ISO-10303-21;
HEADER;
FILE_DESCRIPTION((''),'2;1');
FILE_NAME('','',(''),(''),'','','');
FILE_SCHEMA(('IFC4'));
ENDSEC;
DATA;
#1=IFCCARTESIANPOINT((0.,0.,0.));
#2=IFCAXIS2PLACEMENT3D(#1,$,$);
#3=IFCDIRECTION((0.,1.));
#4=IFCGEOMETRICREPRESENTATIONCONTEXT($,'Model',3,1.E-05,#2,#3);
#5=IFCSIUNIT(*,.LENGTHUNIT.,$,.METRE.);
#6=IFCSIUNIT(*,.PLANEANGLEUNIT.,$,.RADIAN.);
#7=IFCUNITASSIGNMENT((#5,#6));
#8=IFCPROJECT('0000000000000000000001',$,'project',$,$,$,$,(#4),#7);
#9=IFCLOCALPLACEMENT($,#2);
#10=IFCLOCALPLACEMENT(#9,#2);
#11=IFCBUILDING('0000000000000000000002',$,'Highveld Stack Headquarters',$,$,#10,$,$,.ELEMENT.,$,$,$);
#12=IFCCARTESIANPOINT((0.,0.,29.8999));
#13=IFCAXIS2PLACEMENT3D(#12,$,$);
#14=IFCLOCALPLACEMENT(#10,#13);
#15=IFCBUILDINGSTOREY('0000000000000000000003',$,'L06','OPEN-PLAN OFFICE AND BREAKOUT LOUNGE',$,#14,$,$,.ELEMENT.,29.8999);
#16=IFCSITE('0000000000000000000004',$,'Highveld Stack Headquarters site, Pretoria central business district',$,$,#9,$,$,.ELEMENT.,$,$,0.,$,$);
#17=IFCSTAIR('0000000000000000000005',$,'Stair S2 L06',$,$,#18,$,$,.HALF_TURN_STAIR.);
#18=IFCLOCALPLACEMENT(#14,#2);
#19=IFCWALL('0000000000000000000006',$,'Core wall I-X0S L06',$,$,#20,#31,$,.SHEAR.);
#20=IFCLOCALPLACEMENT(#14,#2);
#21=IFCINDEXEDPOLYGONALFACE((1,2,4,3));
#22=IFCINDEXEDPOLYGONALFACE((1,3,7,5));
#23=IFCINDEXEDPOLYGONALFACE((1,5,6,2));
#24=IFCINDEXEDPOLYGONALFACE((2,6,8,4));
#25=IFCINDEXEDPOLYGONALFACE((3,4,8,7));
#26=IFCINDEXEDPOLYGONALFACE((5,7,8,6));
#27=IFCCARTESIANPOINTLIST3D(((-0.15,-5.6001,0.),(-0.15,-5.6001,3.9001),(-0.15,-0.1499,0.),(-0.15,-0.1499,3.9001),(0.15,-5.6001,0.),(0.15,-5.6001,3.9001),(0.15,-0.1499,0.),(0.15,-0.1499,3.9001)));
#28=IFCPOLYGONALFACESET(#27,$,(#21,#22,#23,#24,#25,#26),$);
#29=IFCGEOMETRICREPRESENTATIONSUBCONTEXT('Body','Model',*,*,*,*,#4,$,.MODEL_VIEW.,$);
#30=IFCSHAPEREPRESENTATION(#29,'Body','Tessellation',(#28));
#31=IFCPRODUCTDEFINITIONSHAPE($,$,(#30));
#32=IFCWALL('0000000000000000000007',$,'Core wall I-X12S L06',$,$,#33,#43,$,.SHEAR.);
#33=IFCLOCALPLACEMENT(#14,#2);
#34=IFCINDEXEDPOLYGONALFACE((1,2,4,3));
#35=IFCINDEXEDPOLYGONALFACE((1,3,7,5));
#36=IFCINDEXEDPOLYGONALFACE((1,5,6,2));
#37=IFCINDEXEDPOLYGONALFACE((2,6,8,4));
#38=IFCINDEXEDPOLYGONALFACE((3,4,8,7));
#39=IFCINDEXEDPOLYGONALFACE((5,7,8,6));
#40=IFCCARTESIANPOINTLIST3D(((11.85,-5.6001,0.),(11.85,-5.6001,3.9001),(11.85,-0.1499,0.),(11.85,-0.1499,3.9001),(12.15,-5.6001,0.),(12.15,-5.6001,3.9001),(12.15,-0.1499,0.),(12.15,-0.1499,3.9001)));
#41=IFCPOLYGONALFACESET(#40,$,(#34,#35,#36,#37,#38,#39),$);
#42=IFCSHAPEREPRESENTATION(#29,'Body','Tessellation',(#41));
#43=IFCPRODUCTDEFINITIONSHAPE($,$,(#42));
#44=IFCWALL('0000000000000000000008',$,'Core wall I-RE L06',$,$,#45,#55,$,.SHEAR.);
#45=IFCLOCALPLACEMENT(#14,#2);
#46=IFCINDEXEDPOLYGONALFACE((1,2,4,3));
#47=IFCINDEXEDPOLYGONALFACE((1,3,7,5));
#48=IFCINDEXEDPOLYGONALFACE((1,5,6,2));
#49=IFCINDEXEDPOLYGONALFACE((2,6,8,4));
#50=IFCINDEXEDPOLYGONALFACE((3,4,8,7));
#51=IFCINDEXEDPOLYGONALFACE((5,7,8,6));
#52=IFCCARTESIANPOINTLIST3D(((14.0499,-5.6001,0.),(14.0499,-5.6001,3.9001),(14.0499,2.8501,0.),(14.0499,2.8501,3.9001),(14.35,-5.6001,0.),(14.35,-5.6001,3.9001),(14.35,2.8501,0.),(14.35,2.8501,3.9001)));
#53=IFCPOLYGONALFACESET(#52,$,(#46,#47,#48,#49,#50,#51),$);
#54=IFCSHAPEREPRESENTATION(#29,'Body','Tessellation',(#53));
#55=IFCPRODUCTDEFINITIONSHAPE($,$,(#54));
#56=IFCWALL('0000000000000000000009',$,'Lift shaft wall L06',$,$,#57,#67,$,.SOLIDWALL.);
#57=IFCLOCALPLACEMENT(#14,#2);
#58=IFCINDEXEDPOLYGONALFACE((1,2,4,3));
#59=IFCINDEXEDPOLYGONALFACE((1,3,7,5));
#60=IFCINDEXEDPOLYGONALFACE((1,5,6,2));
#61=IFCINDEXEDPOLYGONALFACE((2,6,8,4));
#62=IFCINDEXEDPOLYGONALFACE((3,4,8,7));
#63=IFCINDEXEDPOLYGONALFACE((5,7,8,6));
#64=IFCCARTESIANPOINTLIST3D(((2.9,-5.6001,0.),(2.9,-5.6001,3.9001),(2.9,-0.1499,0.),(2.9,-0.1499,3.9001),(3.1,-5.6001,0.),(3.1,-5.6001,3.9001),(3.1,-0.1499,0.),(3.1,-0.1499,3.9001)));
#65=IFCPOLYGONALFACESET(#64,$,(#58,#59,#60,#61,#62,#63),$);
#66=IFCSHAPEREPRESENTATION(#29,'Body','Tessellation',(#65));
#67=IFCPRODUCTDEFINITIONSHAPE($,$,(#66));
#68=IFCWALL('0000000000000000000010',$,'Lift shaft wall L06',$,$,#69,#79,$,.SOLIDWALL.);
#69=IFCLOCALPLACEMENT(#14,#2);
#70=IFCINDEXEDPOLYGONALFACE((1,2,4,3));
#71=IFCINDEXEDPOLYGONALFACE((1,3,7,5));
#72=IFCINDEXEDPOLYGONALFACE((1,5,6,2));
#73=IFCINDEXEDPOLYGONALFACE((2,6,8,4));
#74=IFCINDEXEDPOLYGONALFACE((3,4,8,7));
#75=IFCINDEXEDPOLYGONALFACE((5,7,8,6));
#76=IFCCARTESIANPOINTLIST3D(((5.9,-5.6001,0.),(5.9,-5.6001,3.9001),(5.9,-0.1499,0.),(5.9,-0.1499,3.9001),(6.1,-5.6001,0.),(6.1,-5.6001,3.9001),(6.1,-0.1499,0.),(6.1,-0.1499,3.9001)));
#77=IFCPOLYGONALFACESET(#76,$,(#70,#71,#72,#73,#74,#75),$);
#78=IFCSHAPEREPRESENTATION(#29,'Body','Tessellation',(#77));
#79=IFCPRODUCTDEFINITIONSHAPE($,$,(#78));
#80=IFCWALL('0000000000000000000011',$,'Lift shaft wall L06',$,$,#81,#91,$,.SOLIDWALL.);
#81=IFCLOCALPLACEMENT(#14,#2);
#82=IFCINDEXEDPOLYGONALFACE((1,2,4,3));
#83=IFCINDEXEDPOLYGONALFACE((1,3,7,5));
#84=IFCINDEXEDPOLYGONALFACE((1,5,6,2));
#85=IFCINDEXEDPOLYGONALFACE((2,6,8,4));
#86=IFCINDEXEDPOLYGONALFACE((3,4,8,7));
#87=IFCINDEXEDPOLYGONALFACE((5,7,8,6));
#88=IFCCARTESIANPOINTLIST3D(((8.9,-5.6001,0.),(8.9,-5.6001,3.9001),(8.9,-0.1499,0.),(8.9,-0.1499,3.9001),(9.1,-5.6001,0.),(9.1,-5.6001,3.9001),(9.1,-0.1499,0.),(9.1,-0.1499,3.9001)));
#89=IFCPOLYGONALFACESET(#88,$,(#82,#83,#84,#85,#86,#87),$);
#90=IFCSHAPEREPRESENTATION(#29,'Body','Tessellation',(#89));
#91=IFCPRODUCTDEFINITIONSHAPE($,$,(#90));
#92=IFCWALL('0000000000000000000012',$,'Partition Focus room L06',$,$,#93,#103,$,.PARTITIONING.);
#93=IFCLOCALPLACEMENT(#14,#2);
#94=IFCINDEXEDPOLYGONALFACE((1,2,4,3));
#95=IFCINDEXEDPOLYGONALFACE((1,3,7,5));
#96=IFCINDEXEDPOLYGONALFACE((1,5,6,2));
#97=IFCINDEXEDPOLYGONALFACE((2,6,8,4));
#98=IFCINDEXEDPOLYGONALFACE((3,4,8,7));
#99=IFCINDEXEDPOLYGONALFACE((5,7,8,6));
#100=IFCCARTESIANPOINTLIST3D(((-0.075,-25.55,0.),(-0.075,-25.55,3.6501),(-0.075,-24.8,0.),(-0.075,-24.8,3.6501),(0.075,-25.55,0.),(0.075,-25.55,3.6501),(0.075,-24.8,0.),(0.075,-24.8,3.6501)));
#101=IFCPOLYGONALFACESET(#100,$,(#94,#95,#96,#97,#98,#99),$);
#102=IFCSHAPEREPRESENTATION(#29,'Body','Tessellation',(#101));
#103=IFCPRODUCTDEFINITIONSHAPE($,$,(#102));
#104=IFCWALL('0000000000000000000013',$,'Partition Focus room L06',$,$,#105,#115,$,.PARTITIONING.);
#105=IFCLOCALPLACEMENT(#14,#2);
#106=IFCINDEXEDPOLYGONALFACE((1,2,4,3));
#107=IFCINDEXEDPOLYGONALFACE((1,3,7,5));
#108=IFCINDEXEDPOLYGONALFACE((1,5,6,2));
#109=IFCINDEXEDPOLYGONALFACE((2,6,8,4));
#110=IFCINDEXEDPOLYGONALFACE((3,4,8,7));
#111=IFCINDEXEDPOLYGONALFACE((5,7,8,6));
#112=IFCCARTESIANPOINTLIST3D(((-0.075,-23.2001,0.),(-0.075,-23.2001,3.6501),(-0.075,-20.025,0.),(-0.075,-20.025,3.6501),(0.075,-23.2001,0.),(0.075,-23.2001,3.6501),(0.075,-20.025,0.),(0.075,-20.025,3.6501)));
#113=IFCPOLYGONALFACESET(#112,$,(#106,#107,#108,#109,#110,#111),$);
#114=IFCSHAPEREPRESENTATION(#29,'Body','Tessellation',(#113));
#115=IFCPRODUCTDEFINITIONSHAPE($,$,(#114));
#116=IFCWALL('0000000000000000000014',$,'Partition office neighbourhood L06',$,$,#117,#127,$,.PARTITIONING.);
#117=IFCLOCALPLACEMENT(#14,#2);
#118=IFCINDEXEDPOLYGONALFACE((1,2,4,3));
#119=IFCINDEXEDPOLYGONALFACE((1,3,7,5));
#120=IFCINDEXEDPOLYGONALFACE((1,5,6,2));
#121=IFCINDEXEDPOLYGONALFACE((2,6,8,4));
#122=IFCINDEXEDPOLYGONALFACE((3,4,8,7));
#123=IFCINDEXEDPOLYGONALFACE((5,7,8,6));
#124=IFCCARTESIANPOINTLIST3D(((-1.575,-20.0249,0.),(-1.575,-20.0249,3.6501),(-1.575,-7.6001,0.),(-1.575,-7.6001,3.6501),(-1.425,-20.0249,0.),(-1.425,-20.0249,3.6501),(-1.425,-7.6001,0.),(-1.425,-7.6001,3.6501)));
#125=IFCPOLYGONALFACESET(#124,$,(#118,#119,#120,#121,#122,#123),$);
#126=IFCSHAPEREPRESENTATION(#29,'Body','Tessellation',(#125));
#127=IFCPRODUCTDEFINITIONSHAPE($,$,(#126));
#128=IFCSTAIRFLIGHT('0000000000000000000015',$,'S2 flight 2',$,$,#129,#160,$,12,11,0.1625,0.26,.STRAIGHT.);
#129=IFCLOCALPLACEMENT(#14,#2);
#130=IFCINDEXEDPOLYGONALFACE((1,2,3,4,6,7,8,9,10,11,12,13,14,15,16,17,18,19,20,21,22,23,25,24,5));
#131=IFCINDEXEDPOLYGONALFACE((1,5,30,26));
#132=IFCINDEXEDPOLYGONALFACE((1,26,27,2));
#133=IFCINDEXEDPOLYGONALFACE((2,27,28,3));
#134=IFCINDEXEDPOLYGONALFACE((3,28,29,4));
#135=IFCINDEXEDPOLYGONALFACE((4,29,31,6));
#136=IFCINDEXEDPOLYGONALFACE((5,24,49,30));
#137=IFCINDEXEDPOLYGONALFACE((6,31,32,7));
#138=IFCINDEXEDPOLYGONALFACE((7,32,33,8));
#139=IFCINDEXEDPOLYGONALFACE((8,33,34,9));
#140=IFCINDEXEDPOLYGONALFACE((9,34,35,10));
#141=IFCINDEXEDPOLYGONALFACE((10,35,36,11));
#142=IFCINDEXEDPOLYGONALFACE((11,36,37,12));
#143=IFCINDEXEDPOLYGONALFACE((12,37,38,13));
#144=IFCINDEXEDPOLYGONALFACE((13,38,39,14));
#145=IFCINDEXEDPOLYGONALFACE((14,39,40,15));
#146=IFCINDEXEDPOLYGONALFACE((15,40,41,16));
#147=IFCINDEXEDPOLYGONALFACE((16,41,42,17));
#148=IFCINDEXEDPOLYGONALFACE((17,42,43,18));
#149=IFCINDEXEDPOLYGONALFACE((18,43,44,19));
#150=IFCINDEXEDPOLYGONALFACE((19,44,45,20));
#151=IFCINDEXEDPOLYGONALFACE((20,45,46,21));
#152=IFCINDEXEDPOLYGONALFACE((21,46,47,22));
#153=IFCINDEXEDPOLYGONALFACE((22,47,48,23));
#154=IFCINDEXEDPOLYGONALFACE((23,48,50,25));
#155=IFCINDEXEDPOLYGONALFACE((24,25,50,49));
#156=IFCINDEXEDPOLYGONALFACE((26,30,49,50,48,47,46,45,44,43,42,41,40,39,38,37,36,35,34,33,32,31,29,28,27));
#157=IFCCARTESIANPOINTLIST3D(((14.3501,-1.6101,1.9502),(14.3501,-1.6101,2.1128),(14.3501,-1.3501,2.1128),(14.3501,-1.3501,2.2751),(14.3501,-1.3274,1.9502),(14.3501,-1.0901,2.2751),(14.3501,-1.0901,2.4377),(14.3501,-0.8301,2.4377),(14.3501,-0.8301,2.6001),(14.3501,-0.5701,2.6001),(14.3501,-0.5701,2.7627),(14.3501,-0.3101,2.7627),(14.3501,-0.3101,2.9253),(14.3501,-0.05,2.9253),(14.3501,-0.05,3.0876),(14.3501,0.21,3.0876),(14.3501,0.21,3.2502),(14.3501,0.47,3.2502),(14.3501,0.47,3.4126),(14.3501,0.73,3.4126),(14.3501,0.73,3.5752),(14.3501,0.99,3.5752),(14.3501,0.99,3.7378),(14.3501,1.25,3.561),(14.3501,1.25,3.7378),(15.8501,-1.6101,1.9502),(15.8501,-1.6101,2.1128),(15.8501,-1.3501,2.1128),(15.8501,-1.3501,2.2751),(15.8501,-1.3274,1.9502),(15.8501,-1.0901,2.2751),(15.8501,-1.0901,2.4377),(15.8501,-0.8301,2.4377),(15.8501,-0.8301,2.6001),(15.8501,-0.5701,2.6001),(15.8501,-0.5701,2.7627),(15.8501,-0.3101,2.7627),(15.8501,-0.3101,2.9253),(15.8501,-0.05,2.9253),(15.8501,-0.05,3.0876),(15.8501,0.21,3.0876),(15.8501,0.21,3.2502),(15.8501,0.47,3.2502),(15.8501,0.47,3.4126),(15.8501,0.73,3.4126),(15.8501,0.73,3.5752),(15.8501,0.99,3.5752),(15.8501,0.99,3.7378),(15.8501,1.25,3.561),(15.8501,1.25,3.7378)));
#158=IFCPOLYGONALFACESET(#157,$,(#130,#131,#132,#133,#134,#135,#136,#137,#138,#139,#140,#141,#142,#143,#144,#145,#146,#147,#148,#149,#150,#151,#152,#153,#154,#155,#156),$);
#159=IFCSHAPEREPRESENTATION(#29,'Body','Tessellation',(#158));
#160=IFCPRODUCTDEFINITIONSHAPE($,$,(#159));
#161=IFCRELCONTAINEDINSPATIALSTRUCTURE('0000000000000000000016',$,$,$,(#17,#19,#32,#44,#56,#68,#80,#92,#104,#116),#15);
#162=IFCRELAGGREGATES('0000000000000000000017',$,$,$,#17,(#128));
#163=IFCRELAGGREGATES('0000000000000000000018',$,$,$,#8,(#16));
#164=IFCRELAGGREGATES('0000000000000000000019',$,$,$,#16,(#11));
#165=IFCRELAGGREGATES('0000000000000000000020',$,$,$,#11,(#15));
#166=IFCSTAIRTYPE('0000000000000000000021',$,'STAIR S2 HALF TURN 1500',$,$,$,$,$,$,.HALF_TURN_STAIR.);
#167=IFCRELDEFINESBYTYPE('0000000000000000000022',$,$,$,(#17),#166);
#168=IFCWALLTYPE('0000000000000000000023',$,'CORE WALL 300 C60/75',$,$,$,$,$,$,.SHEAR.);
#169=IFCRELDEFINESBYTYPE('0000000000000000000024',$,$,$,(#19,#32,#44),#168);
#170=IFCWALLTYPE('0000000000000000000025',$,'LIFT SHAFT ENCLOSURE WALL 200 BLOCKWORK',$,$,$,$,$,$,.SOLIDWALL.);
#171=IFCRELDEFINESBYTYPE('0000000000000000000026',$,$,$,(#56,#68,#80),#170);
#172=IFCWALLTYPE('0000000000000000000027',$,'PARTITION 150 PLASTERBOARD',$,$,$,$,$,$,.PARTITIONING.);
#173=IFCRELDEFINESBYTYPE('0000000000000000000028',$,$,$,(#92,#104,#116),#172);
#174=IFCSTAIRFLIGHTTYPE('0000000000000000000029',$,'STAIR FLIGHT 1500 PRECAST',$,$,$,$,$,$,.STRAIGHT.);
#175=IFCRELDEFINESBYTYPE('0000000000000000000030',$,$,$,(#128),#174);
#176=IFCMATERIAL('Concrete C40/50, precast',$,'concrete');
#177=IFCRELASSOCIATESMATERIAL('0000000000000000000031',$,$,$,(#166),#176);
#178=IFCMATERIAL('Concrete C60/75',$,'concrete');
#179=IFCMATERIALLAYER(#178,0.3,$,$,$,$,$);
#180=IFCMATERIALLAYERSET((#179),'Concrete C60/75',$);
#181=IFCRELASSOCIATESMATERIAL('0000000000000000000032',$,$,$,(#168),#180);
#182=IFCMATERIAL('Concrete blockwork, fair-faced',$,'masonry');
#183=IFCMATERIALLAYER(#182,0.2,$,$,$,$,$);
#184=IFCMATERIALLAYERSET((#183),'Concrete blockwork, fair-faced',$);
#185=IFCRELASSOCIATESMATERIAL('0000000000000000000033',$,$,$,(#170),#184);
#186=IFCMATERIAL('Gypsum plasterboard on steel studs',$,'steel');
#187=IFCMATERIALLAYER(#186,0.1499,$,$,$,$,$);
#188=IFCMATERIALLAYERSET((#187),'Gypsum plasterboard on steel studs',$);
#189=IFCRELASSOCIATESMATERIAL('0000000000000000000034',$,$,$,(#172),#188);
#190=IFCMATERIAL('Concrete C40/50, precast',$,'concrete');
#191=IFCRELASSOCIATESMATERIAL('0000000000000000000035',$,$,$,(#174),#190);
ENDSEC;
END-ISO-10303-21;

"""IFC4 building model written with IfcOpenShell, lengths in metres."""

from ifc_helpers import new_model, si_unit, direction, frame, frame_2d, origin, place, context, subcontext, project, spatial, polyline, rectangle, outline, extrude, material, layer, layer_set, type_object, element, aggregate, save


model = new_model("IFC4")

# Units and contexts
model_context = context("Model", 3, precision=1e-05, world=origin(), true_north=direction((0.0, 1.0)))
body_context = subcontext(model_context, "Body", "Model", "MODEL_VIEW")
ifc_project = project(units=[si_unit("LENGTHUNIT", "METRE"), si_unit("PLANEANGLEUNIT", "RADIAN")], contexts=[model_context])

# Site, building, storey
site_placement = place(None, origin())
site = spatial("IfcSite", under=ifc_project, at=site_placement, Name="Highveld Stack Headquarters site, Pretoria central business district", CompositionType="ELEMENT", RefElevation=0.0)
building_placement = place(site_placement, origin())
building = spatial("IfcBuilding", under=site, at=building_placement, Name="Highveld Stack Headquarters", CompositionType="ELEMENT")
storey_placement = place(building_placement, frame((0.0, 0.0, 29.8999)))
storey = spatial("IfcBuildingStorey", under=building, at=storey_placement, Name="L06", Description="OPEN-PLAN OFFICE AND BREAKOUT LOUNGE", CompositionType="ELEMENT", Elevation=29.8999)

# Stair
ifc_material_1 = material(Name="Concrete C40/50, precast", Category="concrete")
stair_type_1 = type_object("IfcStairType", Name="STAIR S2 HALF TURN 1500", PredefinedType="HALF_TURN_STAIR", material=ifc_material_1)
stair_1_placement = place(storey_placement, origin())
stair_1 = element("IfcStair", 1, at=stair_1_placement, inside=storey, type_object=stair_type_1, Name="Stair S2 L06", PredefinedType="HALF_TURN_STAIR")

# Walls
ifc_material_2 = material(Name="Concrete C60/75", Category="concrete")
ifc_layer_1 = layer(ifc_material_2, 0.3)
ifc_layer_set_1 = layer_set([ifc_layer_1], Name="Concrete C60/75")
wall_type_1 = type_object("IfcWallType", Name="CORE WALL 300 C60/75", PredefinedType="SHEAR", material=ifc_layer_set_1)
for number, where, z_axis, x_axis, name in (
    (2, (0.0, -5.6001, 0.0), (0.0, 0.0, 1.0), (0.0, 1.0, 0.0), "Core wall I-X0S L06"),
    (3, (12.0, -5.6001, 0.0), (0.0, 0.0, 1.0), (0.0, 1.0, 0.0), "Core wall I-X12S L06"),
):
    element("IfcWall", number, at=place(storey_placement, frame(where, z_axis=z_axis, x_axis=x_axis)), inside=storey, type_object=wall_type_1, Name=name, PredefinedType="SHEAR", context=body_context, shape_type="SweptSolid", body=[
        extrude(rectangle(XDim=5.4502, YDim=0.3, at=frame_2d((2.7251, 0.0))), origin(), (0.0, 0.0, 1.0), 3.9001),
    ])
wall_1_placement = place(storey_placement, frame((14.2, -5.6001, 0.0), z_axis=(0.0, 0.0, 1.0), x_axis=(0.0, 1.0, 0.0)))
element("IfcWall", 4, at=wall_1_placement, inside=storey, type_object=wall_type_1, Name="Core wall I-RE L06", PredefinedType="SHEAR", context=body_context, shape_type="SweptSolid", body=[
    extrude(rectangle(XDim=8.4502, YDim=0.3, at=frame_2d((4.2251, 0.0))), origin(), (0.0, 0.0, 1.0), 3.9001),
])
ifc_material_3 = material(Name="Concrete blockwork, fair-faced", Category="masonry")
ifc_layer_2 = layer(ifc_material_3, 0.2)
ifc_layer_set_2 = layer_set([ifc_layer_2], Name="Concrete blockwork, fair-faced")
wall_type_2 = type_object("IfcWallType", Name="LIFT SHAFT ENCLOSURE WALL 200 BLOCKWORK", PredefinedType="SOLIDWALL", material=ifc_layer_set_2)
for number, where, z_axis, x_axis, name in (
    (5, (3.0, -5.6001, 0.0), (0.0, 0.0, 1.0), (0.0, 1.0, 0.0), "Lift shaft wall L06"),
    (6, (6.0, -5.6001, 0.0), (0.0, 0.0, 1.0), (0.0, 1.0, 0.0), "Lift shaft wall L06"),
    (7, (9.0, -5.6001, 0.0), (0.0, 0.0, 1.0), (0.0, 1.0, 0.0), "Lift shaft wall L06"),
):
    element("IfcWall", number, at=place(storey_placement, frame(where, z_axis=z_axis, x_axis=x_axis)), inside=storey, type_object=wall_type_2, Name=name, PredefinedType="SOLIDWALL", context=body_context, shape_type="SweptSolid", body=[
        extrude(rectangle(XDim=5.4502, YDim=0.2, at=frame_2d((2.7251, 0.0))), origin(), (0.0, 0.0, 1.0), 3.9001),
    ])
ifc_material_4 = material(Name="Gypsum plasterboard on steel studs", Category="steel")
ifc_layer_3 = layer(ifc_material_4, 0.1499)
ifc_layer_set_3 = layer_set([ifc_layer_3], Name="Gypsum plasterboard on steel studs")
wall_type_3 = type_object("IfcWallType", Name="PARTITION 150 PLASTERBOARD", PredefinedType="PARTITIONING", material=ifc_layer_set_3)
wall_2_placement = place(storey_placement, frame((0.0, -25.55, 0.0), z_axis=(0.0, 0.0, 1.0), x_axis=(0.0, 1.0, 0.0)))
element("IfcWall", 8, at=wall_2_placement, inside=storey, type_object=wall_type_3, Name="Partition Focus room L06", PredefinedType="PARTITIONING", context=body_context, shape_type="SweptSolid", body=[
    extrude(rectangle(XDim=0.75, YDim=0.1499, at=frame_2d((0.375, 0.0))), origin(), (0.0, 0.0, 1.0), 3.6501),
])
wall_3_placement = place(storey_placement, frame((0.0, -23.2, 0.0), z_axis=(0.0, 0.0, 1.0), x_axis=(0.0, 1.0, 0.0)))
element("IfcWall", 9, at=wall_3_placement, inside=storey, type_object=wall_type_3, Name="Partition Focus room L06", PredefinedType="PARTITIONING", context=body_context, shape_type="SweptSolid", body=[
    extrude(rectangle(XDim=3.175, YDim=0.1499, at=frame_2d((1.5874, 0.0))), origin(), (0.0, 0.0, 1.0), 3.6501),
])
wall_4_placement = place(storey_placement, frame((-1.5, -20.0249, 0.0), z_axis=(0.0, 0.0, 1.0), x_axis=(0.0, 1.0, 0.0)))
element("IfcWall", 10, at=wall_4_placement, inside=storey, type_object=wall_type_3, Name="Partition office neighbourhood L06", PredefinedType="PARTITIONING", context=body_context, shape_type="SweptSolid", body=[
    extrude(rectangle(XDim=12.4248, YDim=0.1499, at=frame_2d((6.2124, 0.0))), origin(), (0.0, 0.0, 1.0), 3.6501),
])

# Stair flight
ifc_material_5 = material(Name="Concrete C40/50, precast", Category="concrete")
stair_flight_type = type_object("IfcStairFlightType", Name="STAIR FLIGHT 1500 PRECAST", PredefinedType="STRAIGHT", material=ifc_material_5)
stair_flight_placement = place(storey_placement, frame((15.1001, -1.6101, 1.9502), z_axis=(0.0, 0.0, 1.0), x_axis=(0.0, 1.0, 0.0)))
stair_flight = element("IfcStairFlight", 11, at=stair_flight_placement, type_object=stair_flight_type, Name="S2 flight 2", NumberOfRisers=12, NumberOfTreads=11, PredefinedType="STRAIGHT", RiserHeight=0.1625, TreadLength=0.26, context=body_context, shape_type="SweptSolid", body=[
    extrude(outline(polyline([(0.0, 0.0), (0.0, 0.1626), (0.26, 0.1626), (0.26, 0.325), (0.52, 0.325), (0.52, 0.4875), (0.78, 0.4875), (0.78, 0.6499), (1.04, 0.6499), (1.04, 0.8125), (1.3, 0.8125), (1.3, 0.9751), (1.5601, 0.9751), (1.5601, 1.1375), (1.8201, 1.1375), (1.8201, 1.3), (2.0801, 1.3), (2.0801, 1.4624), (2.3401, 1.4624), (2.3401, 1.625), (2.6001, 1.625), (2.6001, 1.7876), (2.8601, 1.7876), (2.8601, 1.95), (2.8601, 1.6108), (0.2827, 0.0), (0.0, 0.0)])), frame((0.0, 0.75, 0.0), z_axis=(0.0, -1.0, 0.0), x_axis=(1.0, 0.0, 0.0)), (0.0, 0.0, 1.0), 1.5),
])
aggregate(stair_1, [stair_flight])

save(model, "model.ifc")
